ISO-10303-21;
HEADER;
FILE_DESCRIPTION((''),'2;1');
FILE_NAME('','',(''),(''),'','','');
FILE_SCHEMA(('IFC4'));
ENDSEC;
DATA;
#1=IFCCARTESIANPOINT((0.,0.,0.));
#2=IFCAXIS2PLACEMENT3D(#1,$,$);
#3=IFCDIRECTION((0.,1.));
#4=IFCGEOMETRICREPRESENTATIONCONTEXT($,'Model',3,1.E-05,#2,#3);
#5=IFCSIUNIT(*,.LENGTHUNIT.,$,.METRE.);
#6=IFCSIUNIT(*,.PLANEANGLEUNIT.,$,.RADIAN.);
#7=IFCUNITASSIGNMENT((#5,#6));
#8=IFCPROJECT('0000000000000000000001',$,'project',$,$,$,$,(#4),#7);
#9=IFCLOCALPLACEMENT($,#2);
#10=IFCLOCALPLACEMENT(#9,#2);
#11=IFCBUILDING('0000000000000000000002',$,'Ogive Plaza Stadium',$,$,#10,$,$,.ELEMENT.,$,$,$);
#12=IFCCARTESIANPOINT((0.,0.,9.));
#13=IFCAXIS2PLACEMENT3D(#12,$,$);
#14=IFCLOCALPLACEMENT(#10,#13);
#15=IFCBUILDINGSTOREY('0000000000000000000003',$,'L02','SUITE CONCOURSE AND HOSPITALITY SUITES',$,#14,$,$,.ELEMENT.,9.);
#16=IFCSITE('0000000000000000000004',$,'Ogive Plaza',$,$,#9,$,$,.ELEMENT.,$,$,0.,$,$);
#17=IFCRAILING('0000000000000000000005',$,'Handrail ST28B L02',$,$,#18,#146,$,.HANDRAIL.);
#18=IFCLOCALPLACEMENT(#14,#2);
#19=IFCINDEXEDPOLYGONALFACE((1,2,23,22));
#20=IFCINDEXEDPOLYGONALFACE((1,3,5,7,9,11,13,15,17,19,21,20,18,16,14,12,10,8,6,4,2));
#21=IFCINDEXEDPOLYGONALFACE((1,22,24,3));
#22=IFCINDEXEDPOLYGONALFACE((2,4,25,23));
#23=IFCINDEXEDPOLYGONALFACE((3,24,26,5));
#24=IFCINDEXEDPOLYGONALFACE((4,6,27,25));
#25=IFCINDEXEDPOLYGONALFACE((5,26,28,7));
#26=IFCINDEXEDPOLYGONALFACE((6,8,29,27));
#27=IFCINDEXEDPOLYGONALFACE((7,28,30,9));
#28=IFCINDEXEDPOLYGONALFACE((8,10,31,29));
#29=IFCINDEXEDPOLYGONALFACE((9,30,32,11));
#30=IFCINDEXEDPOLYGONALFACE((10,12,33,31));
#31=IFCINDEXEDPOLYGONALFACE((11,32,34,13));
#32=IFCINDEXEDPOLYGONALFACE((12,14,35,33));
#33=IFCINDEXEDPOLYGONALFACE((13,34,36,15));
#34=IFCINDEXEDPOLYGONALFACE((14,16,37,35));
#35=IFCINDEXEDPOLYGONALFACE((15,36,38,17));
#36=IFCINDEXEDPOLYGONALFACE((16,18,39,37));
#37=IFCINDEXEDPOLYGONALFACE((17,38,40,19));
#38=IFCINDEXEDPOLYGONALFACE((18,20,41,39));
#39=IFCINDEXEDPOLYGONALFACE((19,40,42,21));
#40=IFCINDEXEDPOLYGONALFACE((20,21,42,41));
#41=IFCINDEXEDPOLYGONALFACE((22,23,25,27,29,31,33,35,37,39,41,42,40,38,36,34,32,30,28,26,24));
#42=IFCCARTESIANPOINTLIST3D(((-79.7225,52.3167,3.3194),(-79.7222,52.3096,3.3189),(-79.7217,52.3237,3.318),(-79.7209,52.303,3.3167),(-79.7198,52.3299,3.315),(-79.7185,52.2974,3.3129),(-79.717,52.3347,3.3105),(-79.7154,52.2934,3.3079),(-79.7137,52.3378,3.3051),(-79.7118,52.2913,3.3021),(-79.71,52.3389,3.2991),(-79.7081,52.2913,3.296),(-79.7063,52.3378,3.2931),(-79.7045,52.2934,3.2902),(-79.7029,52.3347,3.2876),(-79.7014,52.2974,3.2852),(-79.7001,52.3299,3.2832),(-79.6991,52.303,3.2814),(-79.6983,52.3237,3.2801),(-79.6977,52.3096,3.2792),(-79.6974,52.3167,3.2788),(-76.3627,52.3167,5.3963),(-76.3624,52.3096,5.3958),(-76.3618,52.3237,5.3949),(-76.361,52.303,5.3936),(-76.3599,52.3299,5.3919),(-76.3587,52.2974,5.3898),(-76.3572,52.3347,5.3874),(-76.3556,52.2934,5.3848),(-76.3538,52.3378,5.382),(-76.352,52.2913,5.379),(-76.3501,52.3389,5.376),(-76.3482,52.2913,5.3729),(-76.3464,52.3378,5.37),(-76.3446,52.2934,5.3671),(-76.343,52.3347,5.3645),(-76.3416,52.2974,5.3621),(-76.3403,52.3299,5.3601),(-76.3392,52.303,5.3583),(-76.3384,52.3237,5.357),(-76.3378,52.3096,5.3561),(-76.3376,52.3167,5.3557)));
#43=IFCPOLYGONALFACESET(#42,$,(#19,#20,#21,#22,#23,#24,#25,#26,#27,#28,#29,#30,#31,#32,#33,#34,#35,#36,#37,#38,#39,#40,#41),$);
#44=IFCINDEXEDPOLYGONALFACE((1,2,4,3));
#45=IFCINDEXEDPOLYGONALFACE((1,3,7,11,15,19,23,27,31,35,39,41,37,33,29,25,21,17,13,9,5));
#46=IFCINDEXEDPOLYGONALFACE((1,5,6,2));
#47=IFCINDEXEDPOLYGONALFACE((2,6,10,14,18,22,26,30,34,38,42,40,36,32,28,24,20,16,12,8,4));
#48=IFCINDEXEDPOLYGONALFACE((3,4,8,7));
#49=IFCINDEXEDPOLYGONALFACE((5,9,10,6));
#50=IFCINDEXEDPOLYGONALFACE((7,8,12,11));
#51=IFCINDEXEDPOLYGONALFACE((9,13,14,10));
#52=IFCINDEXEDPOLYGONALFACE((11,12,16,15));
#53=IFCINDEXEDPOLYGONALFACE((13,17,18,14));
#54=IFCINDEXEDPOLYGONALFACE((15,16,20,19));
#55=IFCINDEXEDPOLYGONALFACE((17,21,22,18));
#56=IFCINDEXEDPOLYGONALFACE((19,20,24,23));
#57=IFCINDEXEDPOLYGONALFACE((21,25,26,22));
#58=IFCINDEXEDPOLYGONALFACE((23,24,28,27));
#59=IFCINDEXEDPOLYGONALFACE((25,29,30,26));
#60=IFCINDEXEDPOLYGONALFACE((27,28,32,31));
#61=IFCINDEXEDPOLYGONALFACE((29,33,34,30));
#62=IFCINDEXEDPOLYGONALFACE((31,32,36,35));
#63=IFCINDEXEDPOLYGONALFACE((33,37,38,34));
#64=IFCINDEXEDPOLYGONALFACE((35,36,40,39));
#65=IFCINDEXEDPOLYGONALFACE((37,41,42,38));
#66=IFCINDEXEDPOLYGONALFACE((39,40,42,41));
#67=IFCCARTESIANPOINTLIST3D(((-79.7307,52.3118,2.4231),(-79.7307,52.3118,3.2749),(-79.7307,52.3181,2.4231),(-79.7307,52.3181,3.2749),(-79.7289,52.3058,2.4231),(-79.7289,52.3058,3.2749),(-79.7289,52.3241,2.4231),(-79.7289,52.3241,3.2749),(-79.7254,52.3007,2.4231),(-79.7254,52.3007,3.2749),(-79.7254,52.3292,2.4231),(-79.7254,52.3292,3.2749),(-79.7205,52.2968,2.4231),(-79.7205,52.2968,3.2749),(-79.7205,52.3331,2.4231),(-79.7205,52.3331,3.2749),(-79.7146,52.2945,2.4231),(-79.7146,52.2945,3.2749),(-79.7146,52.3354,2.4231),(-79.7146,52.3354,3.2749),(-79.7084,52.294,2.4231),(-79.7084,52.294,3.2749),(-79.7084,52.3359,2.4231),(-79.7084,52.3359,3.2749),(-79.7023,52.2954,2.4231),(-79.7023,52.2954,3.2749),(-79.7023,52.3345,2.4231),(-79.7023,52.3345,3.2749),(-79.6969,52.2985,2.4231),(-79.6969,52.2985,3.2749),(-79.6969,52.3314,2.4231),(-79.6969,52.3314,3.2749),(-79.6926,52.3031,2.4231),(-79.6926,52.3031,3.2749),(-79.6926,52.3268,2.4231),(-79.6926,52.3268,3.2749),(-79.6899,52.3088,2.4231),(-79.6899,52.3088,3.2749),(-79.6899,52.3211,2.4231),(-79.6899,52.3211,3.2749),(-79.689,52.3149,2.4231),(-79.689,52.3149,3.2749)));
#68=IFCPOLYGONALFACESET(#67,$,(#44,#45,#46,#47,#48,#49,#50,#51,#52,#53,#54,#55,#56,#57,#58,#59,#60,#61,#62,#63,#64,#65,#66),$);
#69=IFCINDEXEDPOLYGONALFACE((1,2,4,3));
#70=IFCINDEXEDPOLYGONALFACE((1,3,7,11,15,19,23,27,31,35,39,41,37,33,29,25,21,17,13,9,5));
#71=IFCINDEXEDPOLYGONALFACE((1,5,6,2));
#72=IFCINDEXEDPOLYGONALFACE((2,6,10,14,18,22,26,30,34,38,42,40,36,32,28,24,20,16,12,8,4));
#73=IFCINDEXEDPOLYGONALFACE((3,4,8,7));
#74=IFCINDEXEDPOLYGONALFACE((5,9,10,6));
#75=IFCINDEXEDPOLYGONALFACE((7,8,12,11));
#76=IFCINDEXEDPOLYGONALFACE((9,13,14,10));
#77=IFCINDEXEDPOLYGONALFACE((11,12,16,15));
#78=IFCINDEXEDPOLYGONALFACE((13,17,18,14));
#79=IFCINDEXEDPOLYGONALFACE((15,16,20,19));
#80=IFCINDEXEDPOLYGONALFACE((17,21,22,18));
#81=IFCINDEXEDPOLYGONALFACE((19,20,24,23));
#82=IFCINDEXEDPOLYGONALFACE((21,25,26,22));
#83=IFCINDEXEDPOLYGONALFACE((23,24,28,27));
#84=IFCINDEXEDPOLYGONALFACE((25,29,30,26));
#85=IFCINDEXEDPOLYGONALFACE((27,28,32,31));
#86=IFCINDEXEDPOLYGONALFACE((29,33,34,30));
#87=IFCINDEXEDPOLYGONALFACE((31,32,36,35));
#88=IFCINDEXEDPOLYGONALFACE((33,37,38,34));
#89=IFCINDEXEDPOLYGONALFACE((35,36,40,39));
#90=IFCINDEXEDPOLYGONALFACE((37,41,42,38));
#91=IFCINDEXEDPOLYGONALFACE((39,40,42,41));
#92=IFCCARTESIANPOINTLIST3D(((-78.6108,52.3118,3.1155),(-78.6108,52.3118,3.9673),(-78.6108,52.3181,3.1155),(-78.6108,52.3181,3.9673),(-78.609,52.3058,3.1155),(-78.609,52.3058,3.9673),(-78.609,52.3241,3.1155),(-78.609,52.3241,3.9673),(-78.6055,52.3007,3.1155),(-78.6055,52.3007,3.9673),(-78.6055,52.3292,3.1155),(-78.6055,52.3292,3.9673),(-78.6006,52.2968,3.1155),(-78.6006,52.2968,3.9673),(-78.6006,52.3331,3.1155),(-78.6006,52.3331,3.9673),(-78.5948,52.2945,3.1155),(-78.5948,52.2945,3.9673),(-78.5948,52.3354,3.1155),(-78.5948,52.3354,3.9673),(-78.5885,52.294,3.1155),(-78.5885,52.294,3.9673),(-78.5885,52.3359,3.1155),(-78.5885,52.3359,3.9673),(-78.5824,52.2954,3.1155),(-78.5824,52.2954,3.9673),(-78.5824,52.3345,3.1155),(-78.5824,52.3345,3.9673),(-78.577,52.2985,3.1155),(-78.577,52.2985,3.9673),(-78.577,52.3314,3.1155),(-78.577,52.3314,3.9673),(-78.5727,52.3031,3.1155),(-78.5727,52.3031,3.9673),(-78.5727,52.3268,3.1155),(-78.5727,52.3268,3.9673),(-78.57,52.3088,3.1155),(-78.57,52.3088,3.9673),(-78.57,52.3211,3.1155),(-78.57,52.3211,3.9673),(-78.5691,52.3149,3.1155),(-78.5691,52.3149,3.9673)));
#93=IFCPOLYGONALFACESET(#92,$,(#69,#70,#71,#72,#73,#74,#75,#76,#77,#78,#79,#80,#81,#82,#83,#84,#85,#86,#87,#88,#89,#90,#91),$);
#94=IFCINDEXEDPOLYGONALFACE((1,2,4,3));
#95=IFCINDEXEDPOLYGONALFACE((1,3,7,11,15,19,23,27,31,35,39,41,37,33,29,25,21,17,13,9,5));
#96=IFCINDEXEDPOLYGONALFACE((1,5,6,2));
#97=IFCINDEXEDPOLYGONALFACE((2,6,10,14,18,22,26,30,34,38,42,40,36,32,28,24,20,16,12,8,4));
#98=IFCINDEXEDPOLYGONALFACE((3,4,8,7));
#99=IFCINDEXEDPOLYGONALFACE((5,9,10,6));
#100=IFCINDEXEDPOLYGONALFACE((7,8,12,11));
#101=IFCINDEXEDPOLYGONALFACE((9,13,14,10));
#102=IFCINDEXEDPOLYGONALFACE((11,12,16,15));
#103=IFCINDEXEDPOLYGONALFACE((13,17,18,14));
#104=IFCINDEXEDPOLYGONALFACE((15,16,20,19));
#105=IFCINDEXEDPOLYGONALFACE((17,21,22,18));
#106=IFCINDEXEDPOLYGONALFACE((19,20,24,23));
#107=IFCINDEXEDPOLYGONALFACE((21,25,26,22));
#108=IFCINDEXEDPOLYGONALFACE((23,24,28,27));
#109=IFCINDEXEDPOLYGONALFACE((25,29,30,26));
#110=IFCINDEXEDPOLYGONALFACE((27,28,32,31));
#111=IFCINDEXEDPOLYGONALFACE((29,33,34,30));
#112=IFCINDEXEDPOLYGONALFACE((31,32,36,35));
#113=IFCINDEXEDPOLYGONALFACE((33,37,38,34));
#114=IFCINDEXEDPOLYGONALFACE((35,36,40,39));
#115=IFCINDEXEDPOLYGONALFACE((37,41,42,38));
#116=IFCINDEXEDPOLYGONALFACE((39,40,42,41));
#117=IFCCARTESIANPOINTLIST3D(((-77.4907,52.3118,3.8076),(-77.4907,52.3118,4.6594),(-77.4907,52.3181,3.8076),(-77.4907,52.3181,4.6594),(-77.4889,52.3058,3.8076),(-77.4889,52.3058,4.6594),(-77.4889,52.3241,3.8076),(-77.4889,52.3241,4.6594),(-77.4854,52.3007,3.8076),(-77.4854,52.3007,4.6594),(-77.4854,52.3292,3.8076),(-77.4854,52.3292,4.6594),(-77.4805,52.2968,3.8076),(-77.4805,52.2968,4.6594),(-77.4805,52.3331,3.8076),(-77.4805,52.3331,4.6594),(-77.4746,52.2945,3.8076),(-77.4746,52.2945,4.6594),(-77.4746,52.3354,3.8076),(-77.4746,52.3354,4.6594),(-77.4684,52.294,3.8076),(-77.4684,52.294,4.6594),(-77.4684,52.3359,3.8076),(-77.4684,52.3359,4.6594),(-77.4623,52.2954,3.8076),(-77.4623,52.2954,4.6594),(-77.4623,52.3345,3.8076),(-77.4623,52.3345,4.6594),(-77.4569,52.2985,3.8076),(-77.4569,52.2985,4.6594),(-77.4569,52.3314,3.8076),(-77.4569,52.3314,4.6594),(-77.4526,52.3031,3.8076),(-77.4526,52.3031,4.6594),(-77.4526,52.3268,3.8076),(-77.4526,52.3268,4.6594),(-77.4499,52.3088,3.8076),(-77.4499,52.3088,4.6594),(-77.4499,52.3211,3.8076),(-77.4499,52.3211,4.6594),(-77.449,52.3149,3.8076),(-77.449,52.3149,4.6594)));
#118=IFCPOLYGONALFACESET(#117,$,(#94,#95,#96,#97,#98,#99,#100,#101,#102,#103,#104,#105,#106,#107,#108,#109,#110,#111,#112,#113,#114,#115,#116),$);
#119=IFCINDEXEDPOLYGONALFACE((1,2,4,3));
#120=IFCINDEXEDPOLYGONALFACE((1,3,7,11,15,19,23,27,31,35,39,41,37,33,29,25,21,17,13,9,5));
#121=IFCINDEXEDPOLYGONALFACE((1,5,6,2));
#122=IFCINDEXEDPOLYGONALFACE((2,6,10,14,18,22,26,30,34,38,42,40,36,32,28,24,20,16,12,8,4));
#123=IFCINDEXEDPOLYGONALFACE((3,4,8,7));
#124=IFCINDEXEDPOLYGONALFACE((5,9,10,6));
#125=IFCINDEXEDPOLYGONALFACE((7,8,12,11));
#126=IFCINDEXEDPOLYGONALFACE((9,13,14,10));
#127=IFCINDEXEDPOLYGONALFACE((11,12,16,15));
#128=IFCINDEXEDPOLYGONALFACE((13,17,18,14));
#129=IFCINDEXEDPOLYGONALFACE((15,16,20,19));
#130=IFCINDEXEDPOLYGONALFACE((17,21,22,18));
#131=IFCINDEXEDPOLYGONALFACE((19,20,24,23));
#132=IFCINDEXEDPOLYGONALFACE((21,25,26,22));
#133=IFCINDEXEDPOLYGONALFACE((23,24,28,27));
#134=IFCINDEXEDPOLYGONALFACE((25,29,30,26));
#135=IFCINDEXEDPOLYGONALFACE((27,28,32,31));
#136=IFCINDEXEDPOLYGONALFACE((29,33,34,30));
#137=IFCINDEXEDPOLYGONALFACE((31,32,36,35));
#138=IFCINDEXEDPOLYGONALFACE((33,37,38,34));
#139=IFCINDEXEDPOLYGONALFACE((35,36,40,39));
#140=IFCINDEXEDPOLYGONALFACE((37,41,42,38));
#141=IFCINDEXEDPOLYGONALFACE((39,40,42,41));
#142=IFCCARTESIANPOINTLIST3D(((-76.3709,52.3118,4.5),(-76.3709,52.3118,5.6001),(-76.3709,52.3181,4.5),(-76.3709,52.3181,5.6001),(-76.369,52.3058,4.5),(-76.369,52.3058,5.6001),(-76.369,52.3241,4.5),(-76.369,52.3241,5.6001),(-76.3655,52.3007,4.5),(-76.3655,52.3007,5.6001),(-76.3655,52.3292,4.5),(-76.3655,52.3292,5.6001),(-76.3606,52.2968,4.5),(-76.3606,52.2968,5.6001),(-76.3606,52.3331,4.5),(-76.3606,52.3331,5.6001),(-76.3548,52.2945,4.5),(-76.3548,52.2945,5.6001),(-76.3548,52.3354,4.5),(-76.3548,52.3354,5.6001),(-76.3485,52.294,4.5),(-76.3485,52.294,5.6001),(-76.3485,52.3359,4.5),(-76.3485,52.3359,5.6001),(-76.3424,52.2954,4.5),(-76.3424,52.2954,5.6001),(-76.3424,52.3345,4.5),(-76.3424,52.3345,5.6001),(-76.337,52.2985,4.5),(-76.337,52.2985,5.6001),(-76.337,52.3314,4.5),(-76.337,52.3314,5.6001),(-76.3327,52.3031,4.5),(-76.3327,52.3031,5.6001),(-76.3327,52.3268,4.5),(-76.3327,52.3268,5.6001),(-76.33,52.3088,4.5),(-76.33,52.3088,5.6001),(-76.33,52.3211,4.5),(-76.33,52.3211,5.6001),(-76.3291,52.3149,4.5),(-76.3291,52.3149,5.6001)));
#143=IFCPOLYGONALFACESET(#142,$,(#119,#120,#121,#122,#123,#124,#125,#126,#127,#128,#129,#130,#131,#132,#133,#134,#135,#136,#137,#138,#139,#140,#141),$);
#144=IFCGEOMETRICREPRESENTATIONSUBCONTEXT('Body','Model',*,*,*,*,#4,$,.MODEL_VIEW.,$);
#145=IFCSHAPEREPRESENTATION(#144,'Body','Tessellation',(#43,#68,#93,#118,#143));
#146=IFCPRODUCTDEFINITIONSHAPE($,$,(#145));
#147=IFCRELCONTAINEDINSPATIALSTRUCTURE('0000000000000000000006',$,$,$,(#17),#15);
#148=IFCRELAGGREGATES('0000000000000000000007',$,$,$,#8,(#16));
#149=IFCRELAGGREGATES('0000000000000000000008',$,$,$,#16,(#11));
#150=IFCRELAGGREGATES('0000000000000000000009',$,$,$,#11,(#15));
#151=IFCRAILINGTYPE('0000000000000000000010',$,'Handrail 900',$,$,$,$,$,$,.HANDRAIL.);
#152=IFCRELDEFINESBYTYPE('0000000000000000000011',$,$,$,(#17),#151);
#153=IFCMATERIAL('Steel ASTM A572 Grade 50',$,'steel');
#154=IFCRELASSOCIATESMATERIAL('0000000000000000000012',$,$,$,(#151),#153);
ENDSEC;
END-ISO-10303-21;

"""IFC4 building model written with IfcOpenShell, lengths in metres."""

from ifc_helpers import new_model, si_unit, direction, frame, origin, origin_2d, place, context, subcontext, project, spatial, circle, extrude, material, type_object, element, save


model = new_model("IFC4")

# Units and contexts
model_context = context("Model", 3, precision=1e-05, world=origin(), true_north=direction((0.0, 1.0)))
body_context = subcontext(model_context, "Body", "Model", "MODEL_VIEW")
ifc_project = project(units=[si_unit("LENGTHUNIT", "METRE"), si_unit("PLANEANGLEUNIT", "RADIAN")], contexts=[model_context])

# Site, building, storey
site_placement = place(None, origin())
site = spatial("IfcSite", under=ifc_project, at=site_placement, Name="Ogive Plaza", CompositionType="ELEMENT", RefElevation=0.0)
building_placement = place(site_placement, origin())
building = spatial("IfcBuilding", under=site, at=building_placement, Name="Ogive Plaza Stadium", CompositionType="ELEMENT")
storey_placement = place(building_placement, frame((0.0, 0.0, 9.0)))
storey = spatial("IfcBuildingStorey", under=building, at=storey_placement, Name="L02", Description="SUITE CONCOURSE AND HOSPITALITY SUITES", CompositionType="ELEMENT", Elevation=9.0)

# Railing
ifc_material_1 = material(Name="Steel ASTM A572 Grade 50", Category="steel")
railing_type = type_object("IfcRailingType", Name="Handrail 900", PredefinedType="HANDRAIL", material=ifc_material_1)
railing_placement = place(storey_placement, frame((-79.71, 52.3149, 2.4231)))
element("IfcRailing", 1, at=railing_placement, inside=storey, type_object=railing_type, Name="Handrail ST28B L02", PredefinedType="HANDRAIL", context=body_context, shape_type="SweptSolid", body=[
    extrude(circle(Radius=0.0239, at=origin_2d()), frame((0.0, 0.0, 0.876), z_axis=(0.850606, 0.0, 0.525803), x_axis=(0.0, 1.0, 0.0)), (0.0, 0.0, 1.0), 3.95),
    extrude(circle(Radius=0.021, at=origin_2d()), origin(), (0.0, 0.0, 1.0), 0.8518),
    extrude(circle(Radius=0.021, at=origin_2d()), frame((1.1199, 0.0, 0.6924)), (0.0, 0.0, 1.0), 0.8518),
    extrude(circle(Radius=0.021, at=origin_2d()), frame((2.24, 0.0, 1.3845)), (0.0, 0.0, 1.0), 0.8518),
    extrude(circle(Radius=0.021, at=origin_2d()), frame((3.3599, 0.0, 2.0769)), (0.0, 0.0, 1.0), 1.1001),
])

save(model, "model.ifc")
